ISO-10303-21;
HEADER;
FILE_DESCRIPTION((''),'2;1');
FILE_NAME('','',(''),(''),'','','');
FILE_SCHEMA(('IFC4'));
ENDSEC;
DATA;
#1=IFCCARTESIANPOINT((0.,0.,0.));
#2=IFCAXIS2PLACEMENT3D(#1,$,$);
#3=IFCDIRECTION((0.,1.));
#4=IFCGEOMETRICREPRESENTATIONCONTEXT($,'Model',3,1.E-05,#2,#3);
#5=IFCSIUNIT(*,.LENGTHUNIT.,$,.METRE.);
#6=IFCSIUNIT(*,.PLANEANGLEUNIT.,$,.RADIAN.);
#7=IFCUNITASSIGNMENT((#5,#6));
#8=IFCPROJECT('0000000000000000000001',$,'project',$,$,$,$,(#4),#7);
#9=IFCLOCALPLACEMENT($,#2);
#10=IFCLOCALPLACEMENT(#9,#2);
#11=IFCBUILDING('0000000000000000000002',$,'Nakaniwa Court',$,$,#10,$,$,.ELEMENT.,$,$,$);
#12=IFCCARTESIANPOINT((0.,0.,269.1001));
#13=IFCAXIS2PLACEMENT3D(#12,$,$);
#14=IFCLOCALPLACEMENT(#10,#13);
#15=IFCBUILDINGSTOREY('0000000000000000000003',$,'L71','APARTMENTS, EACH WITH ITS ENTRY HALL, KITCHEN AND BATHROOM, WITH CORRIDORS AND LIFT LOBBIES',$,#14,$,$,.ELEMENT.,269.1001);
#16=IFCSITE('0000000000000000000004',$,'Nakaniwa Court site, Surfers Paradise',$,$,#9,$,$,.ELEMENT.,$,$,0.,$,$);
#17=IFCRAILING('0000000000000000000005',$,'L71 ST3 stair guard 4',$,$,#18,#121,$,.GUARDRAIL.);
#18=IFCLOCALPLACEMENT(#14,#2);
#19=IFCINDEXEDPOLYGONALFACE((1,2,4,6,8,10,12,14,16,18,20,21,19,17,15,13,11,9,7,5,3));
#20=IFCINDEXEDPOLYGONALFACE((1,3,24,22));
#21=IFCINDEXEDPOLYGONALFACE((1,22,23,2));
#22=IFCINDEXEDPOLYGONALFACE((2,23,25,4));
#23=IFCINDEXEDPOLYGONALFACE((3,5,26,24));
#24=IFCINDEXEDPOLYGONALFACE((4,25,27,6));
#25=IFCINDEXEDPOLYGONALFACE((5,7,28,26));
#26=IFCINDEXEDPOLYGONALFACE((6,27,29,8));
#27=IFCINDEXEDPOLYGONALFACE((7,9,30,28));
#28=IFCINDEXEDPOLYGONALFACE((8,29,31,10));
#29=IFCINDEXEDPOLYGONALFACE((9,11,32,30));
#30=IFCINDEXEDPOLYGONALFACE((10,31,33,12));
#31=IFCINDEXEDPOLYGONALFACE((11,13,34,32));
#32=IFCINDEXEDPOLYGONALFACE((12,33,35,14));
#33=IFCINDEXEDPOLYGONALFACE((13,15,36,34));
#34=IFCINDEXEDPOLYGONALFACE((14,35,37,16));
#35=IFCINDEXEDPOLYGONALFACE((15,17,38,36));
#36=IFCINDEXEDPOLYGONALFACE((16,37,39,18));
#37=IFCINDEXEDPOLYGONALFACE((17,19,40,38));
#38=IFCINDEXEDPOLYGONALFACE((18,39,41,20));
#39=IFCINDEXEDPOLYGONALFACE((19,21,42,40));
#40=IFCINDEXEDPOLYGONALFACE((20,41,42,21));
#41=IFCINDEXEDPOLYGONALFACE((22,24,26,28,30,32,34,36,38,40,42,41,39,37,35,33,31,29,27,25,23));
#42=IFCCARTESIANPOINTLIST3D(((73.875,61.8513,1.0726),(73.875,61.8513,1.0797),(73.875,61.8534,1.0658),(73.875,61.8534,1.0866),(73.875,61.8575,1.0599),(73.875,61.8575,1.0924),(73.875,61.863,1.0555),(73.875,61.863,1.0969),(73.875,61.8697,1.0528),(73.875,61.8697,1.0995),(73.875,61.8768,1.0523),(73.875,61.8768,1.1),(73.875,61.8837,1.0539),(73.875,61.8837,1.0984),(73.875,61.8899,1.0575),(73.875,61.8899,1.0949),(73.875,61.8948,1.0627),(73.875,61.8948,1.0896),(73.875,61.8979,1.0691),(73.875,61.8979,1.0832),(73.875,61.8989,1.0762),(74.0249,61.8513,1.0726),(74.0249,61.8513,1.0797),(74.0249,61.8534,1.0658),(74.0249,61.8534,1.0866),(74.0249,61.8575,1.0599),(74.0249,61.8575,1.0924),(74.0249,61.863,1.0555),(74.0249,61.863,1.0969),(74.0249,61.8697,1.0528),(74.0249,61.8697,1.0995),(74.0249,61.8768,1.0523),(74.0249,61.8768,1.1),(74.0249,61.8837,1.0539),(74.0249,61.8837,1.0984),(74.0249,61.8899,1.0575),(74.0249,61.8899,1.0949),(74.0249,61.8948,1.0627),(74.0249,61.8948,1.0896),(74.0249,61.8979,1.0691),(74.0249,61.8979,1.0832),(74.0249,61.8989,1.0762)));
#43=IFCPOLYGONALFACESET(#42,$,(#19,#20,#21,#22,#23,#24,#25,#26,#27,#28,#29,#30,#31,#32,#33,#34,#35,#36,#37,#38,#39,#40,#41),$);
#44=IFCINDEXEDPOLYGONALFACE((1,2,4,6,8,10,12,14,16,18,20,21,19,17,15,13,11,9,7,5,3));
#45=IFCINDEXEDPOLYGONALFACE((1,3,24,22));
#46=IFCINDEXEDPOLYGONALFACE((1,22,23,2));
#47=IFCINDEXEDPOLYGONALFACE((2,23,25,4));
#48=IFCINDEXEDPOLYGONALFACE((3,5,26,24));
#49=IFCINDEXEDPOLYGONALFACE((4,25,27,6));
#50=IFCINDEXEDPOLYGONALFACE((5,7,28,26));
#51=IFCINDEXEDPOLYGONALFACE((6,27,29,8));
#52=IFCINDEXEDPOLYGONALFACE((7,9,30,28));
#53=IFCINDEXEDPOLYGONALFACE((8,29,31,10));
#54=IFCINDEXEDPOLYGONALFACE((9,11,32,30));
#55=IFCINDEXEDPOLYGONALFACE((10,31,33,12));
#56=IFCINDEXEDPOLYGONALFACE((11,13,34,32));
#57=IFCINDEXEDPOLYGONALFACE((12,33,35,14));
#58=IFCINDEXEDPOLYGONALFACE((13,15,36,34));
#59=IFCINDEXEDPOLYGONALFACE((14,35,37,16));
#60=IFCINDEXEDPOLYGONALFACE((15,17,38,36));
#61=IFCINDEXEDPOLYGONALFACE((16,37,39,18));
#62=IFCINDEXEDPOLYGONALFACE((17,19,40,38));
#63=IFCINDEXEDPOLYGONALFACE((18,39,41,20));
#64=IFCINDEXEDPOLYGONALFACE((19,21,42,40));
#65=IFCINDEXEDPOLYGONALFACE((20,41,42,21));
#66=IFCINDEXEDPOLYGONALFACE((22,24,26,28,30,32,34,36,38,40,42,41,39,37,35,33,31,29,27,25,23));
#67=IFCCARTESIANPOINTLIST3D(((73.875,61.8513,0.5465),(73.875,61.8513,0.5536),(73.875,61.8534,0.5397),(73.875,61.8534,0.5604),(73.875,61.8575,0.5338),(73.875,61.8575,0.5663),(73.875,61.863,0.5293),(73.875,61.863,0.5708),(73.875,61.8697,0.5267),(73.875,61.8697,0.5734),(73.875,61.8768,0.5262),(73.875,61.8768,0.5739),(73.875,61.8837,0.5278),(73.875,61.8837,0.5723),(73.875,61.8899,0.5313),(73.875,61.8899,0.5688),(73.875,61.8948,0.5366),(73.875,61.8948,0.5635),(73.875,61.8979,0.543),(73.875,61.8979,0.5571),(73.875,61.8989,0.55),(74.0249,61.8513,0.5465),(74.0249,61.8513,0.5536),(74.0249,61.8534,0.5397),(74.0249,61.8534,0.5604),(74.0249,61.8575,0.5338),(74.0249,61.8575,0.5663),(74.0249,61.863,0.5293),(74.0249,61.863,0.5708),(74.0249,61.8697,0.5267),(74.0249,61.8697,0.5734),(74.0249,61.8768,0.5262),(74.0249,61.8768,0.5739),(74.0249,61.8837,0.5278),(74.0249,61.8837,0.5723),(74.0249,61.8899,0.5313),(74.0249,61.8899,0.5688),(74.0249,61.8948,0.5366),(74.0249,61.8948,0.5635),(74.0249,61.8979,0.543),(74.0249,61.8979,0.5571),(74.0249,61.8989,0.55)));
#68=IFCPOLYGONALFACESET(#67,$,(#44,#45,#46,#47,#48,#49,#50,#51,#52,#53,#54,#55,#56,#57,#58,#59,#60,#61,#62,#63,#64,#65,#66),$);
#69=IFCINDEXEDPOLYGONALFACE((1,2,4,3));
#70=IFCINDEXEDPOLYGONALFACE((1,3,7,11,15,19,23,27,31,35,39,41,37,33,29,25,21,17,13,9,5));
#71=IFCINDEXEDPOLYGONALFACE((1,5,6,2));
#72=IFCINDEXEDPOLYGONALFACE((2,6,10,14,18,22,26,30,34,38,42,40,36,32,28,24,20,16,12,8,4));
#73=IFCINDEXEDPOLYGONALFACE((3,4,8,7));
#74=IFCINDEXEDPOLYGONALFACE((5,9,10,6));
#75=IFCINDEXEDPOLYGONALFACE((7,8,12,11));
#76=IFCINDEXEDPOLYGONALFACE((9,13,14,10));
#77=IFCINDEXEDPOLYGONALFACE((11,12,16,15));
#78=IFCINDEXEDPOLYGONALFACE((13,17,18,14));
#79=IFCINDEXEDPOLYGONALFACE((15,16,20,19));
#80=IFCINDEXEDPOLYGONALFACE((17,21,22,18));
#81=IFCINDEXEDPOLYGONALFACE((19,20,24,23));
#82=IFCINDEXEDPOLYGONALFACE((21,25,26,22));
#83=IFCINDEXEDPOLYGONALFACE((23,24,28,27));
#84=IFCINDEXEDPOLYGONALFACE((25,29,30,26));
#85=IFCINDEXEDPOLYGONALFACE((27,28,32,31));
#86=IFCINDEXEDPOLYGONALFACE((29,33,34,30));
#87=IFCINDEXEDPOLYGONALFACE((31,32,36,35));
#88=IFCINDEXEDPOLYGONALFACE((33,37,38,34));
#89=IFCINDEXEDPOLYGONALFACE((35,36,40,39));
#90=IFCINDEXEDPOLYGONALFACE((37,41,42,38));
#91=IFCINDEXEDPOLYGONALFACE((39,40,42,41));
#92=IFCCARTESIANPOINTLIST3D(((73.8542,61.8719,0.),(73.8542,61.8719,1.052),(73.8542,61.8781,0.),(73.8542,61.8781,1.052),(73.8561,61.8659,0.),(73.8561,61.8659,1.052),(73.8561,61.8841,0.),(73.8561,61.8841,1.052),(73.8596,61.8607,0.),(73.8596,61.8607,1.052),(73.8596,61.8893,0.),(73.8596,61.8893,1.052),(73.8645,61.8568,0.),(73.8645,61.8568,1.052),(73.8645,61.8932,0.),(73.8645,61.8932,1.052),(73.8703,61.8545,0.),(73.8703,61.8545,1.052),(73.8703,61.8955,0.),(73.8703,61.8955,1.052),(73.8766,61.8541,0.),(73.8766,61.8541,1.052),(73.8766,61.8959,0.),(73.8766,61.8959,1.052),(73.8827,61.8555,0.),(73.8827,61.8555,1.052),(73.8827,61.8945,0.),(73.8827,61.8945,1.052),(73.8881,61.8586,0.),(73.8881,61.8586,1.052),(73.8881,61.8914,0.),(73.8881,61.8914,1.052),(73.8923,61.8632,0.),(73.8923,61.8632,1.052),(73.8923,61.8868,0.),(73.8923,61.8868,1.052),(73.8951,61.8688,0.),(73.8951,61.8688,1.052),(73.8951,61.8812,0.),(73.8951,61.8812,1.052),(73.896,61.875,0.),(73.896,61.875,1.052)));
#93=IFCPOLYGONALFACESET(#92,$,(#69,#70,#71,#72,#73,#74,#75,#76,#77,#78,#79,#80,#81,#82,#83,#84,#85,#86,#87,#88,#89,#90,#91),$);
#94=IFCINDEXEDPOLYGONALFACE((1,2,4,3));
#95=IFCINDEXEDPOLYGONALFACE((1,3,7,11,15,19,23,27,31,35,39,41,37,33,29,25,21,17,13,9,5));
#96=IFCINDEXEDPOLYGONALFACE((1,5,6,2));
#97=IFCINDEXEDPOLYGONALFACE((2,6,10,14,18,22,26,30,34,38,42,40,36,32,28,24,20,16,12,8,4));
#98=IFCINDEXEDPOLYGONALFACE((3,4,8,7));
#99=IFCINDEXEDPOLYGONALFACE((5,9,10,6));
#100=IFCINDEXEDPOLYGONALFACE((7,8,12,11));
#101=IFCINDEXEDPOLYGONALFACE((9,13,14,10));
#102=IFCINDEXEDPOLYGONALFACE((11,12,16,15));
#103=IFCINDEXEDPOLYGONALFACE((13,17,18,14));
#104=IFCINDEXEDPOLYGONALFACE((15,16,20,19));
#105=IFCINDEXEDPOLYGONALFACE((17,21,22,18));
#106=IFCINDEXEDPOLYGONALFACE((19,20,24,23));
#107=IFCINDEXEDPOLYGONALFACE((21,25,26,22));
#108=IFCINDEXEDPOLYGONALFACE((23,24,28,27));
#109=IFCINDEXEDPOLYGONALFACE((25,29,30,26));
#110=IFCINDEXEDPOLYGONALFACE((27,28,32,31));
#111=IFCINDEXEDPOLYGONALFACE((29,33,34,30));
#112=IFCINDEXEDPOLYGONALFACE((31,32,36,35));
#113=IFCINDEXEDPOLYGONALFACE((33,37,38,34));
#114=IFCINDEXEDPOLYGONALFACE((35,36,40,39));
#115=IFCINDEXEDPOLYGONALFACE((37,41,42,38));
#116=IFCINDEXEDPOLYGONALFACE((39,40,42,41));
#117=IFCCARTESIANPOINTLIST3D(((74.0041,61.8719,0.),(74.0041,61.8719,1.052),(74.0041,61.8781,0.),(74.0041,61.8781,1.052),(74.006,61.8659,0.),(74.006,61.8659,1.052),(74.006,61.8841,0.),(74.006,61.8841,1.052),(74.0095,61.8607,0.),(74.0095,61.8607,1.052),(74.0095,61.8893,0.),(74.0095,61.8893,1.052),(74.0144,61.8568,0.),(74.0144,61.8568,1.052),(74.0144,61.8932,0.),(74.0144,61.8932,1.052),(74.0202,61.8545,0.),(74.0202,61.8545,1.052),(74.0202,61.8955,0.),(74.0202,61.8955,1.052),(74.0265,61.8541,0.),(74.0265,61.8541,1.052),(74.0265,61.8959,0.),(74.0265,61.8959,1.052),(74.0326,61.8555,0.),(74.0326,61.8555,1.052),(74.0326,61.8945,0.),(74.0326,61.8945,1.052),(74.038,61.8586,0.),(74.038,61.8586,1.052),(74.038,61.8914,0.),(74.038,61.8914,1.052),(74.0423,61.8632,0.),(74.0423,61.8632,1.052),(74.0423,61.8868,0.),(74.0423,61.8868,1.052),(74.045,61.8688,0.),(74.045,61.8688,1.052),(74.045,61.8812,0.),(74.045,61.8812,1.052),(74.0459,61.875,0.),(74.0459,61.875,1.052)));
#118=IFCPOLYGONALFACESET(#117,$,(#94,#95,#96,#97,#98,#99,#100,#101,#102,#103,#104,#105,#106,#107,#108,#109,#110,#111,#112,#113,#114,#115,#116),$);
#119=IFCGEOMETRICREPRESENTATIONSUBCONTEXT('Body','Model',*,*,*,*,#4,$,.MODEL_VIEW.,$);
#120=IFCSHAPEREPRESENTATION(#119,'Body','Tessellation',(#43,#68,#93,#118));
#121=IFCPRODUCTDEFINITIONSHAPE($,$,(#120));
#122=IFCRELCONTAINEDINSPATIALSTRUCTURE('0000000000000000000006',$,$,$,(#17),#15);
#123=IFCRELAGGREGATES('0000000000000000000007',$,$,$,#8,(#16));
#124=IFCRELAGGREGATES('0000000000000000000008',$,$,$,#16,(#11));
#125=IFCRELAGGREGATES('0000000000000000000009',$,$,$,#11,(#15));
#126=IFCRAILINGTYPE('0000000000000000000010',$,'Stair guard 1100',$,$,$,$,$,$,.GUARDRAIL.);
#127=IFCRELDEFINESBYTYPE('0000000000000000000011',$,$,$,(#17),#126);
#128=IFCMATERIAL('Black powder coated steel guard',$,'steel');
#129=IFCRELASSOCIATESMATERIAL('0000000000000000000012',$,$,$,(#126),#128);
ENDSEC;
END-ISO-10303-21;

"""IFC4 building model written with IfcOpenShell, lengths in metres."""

from ifc_helpers import new_model, si_unit, direction, frame, origin, origin_2d, place, context, subcontext, project, spatial, circle, extrude, material, type_object, element, save


model = new_model("IFC4")

# Units and contexts
model_context = context("Model", 3, precision=1e-05, world=origin(), true_north=direction((0.0, 1.0)))
body_context = subcontext(model_context, "Body", "Model", "MODEL_VIEW")
ifc_project = project(units=[si_unit("LENGTHUNIT", "METRE"), si_unit("PLANEANGLEUNIT", "RADIAN")], contexts=[model_context])

# Site, building, storey
site_placement = place(None, origin())
site = spatial("IfcSite", under=ifc_project, at=site_placement, Name="Nakaniwa Court site, Surfers Paradise", CompositionType="ELEMENT", RefElevation=0.0)
building_placement = place(site_placement, origin())
building = spatial("IfcBuilding", under=site, at=building_placement, Name="Nakaniwa Court", CompositionType="ELEMENT")
storey_placement = place(building_placement, frame((0.0, 0.0, 269.1001)))
storey = spatial("IfcBuildingStorey", under=building, at=storey_placement, Name="L71", Description="APARTMENTS, EACH WITH ITS ENTRY HALL, KITCHEN AND BATHROOM, WITH CORRIDORS AND LIFT LOBBIES", CompositionType="ELEMENT", Elevation=269.1001)

# Railing
ifc_material_1 = material(Name="Black powder coated steel guard", Category="steel")
railing_type_1 = type_object("IfcRailingType", Name="Stair guard 1100", PredefinedType="GUARDRAIL", material=ifc_material_1)
railing_1_placement = place(storey_placement, frame((73.875, 61.875, 0.0)))
element("IfcRailing", 1, at=railing_1_placement, inside=storey, type_object=railing_type_1, Name="L71 ST3 stair guard 4", PredefinedType="GUARDRAIL", context=body_context, shape_type="SweptSolid", body=[
    extrude(circle(Radius=0.0239, at=origin_2d()), frame((0.0, 0.0, 1.0762), z_axis=(1.0, 0.0, 0.0), x_axis=(0.0, 1.0, 0.0)), (0.0, 0.0, 1.0), 0.1499),
    extrude(circle(Radius=0.0239, at=origin_2d()), frame((0.0, 0.0, 0.55), z_axis=(1.0, 0.0, 0.0), x_axis=(0.0, 1.0, 0.0)), (0.0, 0.0, 1.0), 0.1499),
    extrude(circle(Radius=0.021, at=origin_2d()), origin(), (0.0, 0.0, 1.0), 1.052),
    extrude(circle(Radius=0.021, at=origin_2d()), frame((0.1499, 0.0, 0.0)), (0.0, 0.0, 1.0), 1.052),
])

save(model, "model.ifc")
